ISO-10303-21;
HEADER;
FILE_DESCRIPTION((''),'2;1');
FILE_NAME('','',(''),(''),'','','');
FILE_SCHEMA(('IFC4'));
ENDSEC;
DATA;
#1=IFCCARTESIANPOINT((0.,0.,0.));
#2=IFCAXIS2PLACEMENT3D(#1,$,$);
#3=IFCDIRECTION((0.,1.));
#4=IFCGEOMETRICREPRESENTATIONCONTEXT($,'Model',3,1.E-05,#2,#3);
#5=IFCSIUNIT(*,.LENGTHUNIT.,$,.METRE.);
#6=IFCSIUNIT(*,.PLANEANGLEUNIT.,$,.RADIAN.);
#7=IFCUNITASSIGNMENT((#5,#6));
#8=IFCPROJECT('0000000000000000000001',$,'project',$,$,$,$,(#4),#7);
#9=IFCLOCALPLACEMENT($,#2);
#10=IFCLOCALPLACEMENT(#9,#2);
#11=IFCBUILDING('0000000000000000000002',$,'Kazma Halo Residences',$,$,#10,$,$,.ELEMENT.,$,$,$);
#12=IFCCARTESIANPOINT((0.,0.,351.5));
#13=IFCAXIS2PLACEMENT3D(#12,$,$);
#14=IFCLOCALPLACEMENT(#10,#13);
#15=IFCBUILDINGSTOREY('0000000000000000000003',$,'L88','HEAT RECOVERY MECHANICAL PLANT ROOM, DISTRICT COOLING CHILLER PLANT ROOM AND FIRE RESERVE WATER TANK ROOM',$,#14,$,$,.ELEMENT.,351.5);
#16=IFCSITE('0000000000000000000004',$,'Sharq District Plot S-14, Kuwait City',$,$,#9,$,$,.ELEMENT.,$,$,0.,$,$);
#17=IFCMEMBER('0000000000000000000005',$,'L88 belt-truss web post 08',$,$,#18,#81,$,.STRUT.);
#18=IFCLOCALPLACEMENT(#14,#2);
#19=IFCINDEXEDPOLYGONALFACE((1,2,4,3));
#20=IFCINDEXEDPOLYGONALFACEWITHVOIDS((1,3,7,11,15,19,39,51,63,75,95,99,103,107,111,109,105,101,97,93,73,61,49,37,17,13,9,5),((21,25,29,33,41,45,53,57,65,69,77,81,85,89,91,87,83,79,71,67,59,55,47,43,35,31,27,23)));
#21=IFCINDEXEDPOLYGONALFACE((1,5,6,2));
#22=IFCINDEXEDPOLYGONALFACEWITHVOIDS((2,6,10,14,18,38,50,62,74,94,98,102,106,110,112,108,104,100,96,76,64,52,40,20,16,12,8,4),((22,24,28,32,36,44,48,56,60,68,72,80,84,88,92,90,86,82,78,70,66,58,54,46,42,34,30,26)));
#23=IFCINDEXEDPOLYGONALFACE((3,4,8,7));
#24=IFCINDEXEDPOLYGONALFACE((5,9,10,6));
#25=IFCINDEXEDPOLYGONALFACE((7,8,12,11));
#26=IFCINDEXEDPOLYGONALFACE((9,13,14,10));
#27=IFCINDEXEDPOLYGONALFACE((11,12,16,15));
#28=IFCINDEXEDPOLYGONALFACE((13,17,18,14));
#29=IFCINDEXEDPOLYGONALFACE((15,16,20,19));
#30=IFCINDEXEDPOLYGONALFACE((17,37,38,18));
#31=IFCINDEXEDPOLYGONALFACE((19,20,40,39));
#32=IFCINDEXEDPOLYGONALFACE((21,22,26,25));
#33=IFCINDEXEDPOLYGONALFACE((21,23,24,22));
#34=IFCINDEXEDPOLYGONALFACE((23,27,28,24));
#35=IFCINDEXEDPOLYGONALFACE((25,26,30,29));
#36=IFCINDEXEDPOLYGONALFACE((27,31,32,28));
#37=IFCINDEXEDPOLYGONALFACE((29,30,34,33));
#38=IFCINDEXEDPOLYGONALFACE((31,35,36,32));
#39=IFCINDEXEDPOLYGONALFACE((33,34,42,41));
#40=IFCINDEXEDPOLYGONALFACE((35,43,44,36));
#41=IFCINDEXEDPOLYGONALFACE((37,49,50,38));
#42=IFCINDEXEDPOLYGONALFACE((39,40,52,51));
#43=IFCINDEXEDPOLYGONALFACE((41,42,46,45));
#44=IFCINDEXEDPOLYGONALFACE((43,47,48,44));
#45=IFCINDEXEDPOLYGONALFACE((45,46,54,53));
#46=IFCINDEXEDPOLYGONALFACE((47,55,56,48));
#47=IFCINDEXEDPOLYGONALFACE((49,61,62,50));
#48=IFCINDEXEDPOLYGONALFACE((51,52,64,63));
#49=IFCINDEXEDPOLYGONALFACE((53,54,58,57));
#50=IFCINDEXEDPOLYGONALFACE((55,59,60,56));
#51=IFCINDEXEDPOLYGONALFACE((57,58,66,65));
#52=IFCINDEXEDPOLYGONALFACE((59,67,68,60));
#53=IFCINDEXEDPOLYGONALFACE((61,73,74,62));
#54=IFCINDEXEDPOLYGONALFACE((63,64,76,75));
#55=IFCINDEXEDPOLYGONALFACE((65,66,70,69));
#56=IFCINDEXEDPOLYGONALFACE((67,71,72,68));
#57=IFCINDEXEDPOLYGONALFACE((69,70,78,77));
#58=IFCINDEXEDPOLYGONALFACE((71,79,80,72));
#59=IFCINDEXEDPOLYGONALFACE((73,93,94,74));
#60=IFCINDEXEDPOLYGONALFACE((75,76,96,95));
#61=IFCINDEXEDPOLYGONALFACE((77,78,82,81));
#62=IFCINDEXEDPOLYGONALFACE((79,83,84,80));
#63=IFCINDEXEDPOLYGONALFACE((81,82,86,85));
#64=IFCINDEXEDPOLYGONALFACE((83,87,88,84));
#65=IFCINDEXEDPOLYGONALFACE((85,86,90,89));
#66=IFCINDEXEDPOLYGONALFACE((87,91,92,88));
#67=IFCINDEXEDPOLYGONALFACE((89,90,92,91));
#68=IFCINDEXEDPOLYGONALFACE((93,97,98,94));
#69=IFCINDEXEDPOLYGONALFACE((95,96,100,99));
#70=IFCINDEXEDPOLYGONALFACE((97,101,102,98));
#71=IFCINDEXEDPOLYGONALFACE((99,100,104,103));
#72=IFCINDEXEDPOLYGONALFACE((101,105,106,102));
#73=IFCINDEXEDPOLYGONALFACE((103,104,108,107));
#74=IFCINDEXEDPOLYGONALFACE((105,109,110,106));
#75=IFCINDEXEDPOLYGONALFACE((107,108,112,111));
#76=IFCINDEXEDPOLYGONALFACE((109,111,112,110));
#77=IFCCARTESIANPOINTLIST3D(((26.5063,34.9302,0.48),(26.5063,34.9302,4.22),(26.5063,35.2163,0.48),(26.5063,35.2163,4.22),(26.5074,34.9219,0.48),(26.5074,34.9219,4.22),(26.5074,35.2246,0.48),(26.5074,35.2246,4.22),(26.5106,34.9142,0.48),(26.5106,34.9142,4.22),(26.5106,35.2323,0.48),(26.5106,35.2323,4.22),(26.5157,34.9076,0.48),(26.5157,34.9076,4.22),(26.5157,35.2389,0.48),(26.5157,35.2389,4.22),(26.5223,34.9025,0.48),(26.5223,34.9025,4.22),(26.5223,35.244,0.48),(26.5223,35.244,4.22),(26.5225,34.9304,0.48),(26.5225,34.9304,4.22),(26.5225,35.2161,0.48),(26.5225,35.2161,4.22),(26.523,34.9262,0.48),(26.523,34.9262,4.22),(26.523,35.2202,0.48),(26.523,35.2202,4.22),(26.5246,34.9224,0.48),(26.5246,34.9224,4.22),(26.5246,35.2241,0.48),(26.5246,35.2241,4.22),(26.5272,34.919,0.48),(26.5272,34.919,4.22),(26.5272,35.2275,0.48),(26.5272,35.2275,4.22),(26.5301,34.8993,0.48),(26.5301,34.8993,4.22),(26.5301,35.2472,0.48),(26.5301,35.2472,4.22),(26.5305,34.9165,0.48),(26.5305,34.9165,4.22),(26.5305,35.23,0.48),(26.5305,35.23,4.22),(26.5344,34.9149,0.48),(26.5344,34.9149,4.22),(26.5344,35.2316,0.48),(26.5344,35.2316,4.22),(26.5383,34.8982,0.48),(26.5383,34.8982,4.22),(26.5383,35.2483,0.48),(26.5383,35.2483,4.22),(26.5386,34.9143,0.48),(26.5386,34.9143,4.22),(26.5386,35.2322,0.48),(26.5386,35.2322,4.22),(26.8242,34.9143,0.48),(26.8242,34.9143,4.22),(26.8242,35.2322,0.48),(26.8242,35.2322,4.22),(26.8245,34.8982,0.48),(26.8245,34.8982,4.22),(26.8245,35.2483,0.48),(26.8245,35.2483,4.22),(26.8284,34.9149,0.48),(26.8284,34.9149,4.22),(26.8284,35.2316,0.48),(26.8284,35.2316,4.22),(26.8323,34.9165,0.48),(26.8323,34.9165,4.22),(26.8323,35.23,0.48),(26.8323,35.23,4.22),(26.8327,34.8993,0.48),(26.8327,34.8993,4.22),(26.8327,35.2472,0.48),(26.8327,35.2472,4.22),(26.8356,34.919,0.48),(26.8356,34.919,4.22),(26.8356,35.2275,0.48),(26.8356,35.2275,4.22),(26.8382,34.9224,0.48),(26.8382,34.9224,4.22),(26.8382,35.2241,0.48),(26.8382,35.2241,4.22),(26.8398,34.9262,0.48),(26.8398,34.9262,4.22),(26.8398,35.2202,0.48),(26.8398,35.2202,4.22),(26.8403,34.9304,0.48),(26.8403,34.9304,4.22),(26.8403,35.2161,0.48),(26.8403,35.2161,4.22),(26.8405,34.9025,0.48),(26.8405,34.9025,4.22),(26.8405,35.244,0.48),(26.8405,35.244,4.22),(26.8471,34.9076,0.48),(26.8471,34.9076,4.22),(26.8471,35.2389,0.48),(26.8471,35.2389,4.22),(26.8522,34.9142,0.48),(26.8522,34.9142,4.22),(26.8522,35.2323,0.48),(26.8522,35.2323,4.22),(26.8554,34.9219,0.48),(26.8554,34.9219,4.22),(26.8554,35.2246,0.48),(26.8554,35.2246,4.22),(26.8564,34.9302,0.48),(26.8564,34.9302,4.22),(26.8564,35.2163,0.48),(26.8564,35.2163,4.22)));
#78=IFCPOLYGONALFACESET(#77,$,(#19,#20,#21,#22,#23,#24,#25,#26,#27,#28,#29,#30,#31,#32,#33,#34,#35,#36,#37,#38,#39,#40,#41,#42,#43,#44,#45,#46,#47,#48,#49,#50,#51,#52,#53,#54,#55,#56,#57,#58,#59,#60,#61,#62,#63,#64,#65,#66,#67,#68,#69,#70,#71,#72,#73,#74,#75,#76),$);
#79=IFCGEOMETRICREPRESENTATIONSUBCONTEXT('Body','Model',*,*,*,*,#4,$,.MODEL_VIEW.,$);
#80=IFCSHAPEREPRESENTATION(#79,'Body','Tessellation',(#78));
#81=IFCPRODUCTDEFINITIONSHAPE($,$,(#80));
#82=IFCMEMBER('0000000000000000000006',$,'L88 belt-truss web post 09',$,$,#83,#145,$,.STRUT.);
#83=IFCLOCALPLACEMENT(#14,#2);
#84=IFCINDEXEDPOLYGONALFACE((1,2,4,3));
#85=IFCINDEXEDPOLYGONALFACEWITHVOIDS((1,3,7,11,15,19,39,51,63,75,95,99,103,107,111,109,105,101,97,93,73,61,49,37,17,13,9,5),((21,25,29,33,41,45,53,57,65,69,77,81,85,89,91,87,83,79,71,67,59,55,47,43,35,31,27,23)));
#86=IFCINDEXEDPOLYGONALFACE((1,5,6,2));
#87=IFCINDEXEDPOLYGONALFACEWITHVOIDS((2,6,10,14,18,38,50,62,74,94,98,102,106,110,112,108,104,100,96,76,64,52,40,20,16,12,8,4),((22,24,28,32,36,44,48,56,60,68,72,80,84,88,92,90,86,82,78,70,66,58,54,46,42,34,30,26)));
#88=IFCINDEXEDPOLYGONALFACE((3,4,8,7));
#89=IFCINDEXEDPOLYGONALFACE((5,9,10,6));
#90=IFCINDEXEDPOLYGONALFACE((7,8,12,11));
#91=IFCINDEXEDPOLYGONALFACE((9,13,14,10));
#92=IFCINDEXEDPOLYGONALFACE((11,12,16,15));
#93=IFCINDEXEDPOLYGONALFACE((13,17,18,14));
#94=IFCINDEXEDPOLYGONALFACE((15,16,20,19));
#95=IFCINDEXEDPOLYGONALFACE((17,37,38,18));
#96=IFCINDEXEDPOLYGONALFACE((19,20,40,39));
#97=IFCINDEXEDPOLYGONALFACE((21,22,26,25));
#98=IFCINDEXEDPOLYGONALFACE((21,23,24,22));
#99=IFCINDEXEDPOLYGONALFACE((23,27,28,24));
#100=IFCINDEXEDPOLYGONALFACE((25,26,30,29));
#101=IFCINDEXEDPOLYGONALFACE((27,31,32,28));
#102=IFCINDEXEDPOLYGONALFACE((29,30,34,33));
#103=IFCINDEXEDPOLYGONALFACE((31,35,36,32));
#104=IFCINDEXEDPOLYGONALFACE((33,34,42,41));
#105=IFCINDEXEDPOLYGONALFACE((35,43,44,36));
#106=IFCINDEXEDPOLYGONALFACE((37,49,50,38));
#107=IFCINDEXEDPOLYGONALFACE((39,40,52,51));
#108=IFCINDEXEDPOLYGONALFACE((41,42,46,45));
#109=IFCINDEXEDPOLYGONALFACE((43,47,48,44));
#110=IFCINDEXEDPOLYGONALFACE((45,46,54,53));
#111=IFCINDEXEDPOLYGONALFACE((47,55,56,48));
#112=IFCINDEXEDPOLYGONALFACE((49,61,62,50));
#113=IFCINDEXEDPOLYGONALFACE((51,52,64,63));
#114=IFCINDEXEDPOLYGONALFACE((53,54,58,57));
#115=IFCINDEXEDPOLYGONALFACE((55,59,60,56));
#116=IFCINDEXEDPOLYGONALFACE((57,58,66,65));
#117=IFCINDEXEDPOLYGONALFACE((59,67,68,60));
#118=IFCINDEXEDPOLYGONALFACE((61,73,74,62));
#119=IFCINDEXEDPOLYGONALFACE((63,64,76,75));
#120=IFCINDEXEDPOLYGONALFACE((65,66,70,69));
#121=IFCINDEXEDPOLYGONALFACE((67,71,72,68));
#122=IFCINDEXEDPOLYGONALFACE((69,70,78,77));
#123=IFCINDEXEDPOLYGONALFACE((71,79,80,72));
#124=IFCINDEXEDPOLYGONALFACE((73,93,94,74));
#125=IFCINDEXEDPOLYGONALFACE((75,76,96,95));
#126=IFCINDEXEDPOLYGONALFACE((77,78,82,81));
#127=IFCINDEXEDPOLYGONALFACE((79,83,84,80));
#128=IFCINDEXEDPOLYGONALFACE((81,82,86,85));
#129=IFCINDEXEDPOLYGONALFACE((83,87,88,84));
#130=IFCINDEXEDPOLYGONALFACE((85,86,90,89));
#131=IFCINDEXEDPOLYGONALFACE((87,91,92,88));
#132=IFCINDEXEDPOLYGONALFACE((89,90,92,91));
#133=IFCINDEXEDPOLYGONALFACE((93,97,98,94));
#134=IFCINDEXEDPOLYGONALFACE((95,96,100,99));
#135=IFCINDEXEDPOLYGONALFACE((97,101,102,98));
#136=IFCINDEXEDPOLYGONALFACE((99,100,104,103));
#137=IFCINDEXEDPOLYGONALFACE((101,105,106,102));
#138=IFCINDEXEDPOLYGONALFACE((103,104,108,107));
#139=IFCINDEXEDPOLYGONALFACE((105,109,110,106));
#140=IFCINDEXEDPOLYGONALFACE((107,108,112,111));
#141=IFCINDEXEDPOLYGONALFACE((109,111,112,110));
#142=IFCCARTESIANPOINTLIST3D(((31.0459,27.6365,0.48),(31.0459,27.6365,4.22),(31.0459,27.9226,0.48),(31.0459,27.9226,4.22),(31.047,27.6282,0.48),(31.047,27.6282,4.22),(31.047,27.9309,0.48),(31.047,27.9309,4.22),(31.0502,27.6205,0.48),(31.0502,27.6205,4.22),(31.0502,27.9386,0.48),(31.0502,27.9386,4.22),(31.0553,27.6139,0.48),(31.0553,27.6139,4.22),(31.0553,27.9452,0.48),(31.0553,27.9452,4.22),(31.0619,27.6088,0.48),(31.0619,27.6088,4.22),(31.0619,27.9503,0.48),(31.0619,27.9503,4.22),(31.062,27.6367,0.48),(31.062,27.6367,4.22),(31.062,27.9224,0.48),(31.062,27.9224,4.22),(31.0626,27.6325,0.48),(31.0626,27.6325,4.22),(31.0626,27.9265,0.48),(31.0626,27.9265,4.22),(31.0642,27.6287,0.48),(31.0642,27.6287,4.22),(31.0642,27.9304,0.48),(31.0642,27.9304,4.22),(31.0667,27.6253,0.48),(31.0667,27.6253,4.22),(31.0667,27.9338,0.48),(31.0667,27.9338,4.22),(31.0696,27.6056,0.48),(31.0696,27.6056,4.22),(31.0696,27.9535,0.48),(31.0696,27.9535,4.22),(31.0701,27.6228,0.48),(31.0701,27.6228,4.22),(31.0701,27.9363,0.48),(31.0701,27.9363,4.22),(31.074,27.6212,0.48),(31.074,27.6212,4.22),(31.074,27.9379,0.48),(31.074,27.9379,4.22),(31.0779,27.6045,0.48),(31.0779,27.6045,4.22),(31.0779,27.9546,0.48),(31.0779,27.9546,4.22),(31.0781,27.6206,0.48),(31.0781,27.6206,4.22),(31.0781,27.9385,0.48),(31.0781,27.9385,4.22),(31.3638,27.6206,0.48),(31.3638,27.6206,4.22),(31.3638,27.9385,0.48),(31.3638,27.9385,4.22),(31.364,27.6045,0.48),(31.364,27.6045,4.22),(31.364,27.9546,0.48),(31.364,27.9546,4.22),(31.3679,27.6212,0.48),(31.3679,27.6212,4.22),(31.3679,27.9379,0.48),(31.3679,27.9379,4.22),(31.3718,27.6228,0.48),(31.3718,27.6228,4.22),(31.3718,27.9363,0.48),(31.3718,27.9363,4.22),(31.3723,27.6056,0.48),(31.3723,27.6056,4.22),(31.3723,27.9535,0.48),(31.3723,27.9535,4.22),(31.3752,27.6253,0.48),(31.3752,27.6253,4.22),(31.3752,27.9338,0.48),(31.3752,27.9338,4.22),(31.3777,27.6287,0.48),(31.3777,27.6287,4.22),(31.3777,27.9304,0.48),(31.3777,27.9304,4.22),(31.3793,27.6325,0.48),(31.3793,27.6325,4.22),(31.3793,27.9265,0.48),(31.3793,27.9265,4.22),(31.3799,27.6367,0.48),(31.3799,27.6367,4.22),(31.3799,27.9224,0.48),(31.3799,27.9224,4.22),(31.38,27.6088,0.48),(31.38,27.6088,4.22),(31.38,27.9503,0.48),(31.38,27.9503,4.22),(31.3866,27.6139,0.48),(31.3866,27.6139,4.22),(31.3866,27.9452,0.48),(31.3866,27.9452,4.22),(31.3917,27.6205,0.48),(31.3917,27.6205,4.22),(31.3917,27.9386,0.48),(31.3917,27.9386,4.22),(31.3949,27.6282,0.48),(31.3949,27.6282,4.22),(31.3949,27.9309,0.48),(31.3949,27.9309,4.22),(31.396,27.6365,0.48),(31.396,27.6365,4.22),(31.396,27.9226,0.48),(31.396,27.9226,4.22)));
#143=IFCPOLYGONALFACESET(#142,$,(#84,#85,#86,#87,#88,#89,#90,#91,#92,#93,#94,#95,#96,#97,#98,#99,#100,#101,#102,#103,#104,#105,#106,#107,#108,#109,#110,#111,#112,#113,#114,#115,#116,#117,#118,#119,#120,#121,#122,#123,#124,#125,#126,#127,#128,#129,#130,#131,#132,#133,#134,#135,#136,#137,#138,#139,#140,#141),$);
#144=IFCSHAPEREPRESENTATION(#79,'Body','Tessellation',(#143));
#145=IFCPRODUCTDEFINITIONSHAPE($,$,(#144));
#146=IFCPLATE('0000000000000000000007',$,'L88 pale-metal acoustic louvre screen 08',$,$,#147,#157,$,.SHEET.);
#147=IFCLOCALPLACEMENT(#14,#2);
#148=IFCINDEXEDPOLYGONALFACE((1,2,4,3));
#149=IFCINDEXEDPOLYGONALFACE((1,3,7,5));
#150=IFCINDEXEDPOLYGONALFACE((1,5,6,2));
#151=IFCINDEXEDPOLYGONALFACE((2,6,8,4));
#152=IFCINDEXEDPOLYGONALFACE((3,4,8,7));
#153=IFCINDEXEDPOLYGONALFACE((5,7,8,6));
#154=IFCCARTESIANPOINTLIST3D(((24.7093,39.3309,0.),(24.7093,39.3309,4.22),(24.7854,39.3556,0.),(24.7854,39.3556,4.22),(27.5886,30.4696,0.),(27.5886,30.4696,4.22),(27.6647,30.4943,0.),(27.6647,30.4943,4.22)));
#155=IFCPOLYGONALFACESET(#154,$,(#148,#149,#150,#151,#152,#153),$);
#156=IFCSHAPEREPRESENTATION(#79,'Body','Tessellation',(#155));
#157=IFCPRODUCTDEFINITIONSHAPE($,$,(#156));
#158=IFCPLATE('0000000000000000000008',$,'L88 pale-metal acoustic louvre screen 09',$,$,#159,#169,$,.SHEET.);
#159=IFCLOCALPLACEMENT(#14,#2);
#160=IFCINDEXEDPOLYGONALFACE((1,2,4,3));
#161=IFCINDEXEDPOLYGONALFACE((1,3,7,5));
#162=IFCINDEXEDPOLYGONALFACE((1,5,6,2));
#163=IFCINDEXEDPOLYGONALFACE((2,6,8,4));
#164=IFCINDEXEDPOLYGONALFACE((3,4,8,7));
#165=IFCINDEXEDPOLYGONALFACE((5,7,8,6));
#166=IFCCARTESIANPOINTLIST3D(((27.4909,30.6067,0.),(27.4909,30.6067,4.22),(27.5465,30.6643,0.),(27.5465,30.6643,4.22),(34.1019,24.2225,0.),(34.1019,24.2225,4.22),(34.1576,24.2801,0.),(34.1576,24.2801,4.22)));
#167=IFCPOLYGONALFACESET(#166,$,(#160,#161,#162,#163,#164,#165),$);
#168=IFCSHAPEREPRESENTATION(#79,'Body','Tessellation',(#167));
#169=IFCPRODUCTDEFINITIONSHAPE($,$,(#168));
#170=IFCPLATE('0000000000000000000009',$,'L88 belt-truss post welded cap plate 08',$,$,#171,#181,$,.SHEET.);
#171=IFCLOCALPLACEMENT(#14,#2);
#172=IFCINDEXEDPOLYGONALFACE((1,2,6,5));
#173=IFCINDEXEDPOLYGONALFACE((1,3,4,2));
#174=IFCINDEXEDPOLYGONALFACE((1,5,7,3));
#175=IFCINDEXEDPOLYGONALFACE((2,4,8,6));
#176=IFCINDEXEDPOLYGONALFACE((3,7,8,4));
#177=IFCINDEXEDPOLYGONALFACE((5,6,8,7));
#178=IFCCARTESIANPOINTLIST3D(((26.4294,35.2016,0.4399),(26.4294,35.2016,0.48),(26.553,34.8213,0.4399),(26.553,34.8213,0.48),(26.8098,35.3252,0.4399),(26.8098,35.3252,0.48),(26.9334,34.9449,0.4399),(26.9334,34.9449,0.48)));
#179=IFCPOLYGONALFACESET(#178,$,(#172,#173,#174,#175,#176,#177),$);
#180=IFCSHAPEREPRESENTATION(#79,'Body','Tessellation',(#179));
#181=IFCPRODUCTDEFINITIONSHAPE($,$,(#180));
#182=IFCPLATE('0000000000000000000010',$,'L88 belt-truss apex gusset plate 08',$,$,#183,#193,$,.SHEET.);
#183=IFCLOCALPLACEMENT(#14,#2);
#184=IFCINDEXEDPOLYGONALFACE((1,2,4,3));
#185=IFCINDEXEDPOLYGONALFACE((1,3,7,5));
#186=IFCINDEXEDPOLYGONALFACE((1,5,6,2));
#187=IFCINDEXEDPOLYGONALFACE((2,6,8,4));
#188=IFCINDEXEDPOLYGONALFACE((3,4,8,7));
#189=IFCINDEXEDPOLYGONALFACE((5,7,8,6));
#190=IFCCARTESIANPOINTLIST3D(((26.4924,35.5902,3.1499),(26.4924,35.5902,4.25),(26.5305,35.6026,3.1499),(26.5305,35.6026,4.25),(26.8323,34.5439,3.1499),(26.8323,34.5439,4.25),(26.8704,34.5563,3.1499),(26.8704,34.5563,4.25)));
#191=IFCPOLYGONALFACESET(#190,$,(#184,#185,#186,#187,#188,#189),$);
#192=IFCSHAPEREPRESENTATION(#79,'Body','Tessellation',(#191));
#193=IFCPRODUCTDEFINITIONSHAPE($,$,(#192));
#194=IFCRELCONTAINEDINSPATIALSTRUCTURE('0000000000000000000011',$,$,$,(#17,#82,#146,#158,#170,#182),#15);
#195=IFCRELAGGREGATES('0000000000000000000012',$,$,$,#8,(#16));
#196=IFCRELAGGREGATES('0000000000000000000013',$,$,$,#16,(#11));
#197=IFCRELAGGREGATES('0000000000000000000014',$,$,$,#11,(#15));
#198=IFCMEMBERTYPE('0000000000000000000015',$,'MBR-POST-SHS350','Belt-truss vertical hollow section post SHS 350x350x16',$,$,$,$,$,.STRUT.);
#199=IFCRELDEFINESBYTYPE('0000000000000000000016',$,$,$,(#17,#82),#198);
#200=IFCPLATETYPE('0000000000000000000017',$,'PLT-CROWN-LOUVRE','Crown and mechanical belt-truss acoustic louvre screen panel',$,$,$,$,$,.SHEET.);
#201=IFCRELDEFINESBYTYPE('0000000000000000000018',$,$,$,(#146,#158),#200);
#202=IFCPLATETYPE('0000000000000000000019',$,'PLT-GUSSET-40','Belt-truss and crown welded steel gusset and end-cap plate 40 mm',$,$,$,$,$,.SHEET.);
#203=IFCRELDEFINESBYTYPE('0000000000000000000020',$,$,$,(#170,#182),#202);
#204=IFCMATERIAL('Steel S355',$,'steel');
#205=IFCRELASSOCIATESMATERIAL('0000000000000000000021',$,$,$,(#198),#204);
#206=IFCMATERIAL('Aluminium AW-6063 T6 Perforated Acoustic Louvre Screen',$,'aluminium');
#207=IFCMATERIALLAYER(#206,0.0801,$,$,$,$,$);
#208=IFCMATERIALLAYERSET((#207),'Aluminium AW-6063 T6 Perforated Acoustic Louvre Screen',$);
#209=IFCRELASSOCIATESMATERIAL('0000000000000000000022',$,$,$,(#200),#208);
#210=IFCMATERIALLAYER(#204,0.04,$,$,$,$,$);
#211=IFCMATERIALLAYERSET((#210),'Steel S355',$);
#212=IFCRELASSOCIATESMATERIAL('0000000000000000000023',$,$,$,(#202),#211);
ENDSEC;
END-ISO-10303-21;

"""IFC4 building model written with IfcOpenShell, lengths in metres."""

from ifc_helpers import new_model, si_unit, direction, frame, origin, origin_2d, place, context, subcontext, project, spatial, rectangle, hollow_rectangle, extrude, material, layer, layer_set, material_profile, profile_set, type_object, element, save


model = new_model("IFC4")

# Units and contexts
model_context = context("Model", 3, precision=1e-05, world=origin(), true_north=direction((0.0, 1.0)))
body_context = subcontext(model_context, "Body", "Model", "MODEL_VIEW")
ifc_project = project(units=[si_unit("LENGTHUNIT", "METRE"), si_unit("PLANEANGLEUNIT", "RADIAN")], contexts=[model_context])

# Site, building, storey
site_placement = place(None, origin())
site = spatial("IfcSite", under=ifc_project, at=site_placement, Name="Sharq District Plot S-14, Kuwait City", CompositionType="ELEMENT", RefElevation=0.0)
building_placement = place(site_placement, origin())
building = spatial("IfcBuilding", under=site, at=building_placement, Name="Kazma Halo Residences", CompositionType="ELEMENT")
storey_placement = place(building_placement, frame((0.0, 0.0, 351.5)))
storey = spatial("IfcBuildingStorey", under=building, at=storey_placement, Name="L88", Description="HEAT RECOVERY MECHANICAL PLANT ROOM, DISTRICT COOLING CHILLER PLANT ROOM AND FIRE RESERVE WATER TANK ROOM", CompositionType="ELEMENT", Elevation=351.5)

# Shared definitions
ifc_material_1 = material(Name="Steel S355", Category="steel")

# Members
ifc_material_profile_1 = material_profile(ifc_material_1, hollow_rectangle(XDim=0.3501, YDim=0.3501, WallThickness=0.0161, InnerFilletRadius=0.0161, OuterFilletRadius=0.032, at=origin_2d()), Name="SHS350x350x16")
ifc_profile_set_1 = profile_set([ifc_material_profile_1], Name="Steel S355")
member_type_1 = type_object("IfcMemberType", Name="MBR-POST-SHS350", Description="Belt-truss vertical hollow section post SHS 350x350x16", PredefinedType="STRUT", material=ifc_profile_set_1)
for number, where, z_axis, x_axis, name in (
    (1, (26.6814, 35.0732, 0.48), (0.0, 0.0, 1.0), (1.0, 0.0, 0.0), "L88 belt-truss web post 08"),
    (2, (31.2209, 27.7795, 0.48), (0.0, 0.0, 1.0), (1.0, 0.0, 0.0), "L88 belt-truss web post 09"),
):
    element("IfcMember", number, at=place(storey_placement, frame(where, z_axis=z_axis, x_axis=x_axis)), inside=storey, type_object=member_type_1, Name=name, PredefinedType="STRUT", context=body_context, shape_type="SweptSolid", body=[
        extrude(hollow_rectangle(XDim=0.3501, YDim=0.3501, WallThickness=0.0161, InnerFilletRadius=0.0161, OuterFilletRadius=0.032, at=origin_2d()), origin(), (0.0, 0.0, 1.0), 3.74),
    ])

# Plates
ifc_material_2 = material(Name="Aluminium AW-6063 T6 Perforated Acoustic Louvre Screen", Category="aluminium")
ifc_layer_1 = layer(ifc_material_2, 0.0801)
ifc_layer_set_1 = layer_set([ifc_layer_1], Name="Aluminium AW-6063 T6 Perforated Acoustic Louvre Screen")
plate_type_1 = type_object("IfcPlateType", Name="PLT-CROWN-LOUVRE", Description="Crown and mechanical belt-truss acoustic louvre screen panel", PredefinedType="SHEET", material=ifc_layer_set_1)
plate_1_placement = place(storey_placement, frame((26.187, 34.9126, 0.0), z_axis=(0.0, 0.0, 1.0), x_axis=(0.309023, -0.951055, 0.0)))
element("IfcPlate", 3, at=plate_1_placement, inside=storey, type_object=plate_type_1, Name="L88 pale-metal acoustic louvre screen 08", PredefinedType="SHEET", context=body_context, shape_type="SweptSolid", body=[
    extrude(rectangle(XDim=9.3174, YDim=0.0801, at=origin_2d()), origin(), (0.0, 0.0, 1.0), 4.22),
])
plate_2_placement = place(storey_placement, frame((30.8242, 27.4434, 0.0), z_axis=(0.0, 0.0, 1.0), x_axis=(0.719342, -0.694656, 0.0)))
element("IfcPlate", 4, at=plate_2_placement, inside=storey, type_object=plate_type_1, Name="L88 pale-metal acoustic louvre screen 09", PredefinedType="SHEET", context=body_context, shape_type="SweptSolid", body=[
    extrude(rectangle(XDim=9.1904, YDim=0.0801, at=origin_2d()), origin(), (0.0, 0.0, 1.0), 4.22),
])
ifc_layer_2 = layer(ifc_material_1, 0.04)
ifc_layer_set_2 = layer_set([ifc_layer_2], Name="Steel S355")
plate_type_2 = type_object("IfcPlateType", Name="PLT-GUSSET-40", Description="Belt-truss and crown welded steel gusset and end-cap plate 40 mm", PredefinedType="SHEET", material=ifc_layer_set_2)
plate_3_placement = place(storey_placement, frame((26.6814, 35.0732, 0.4399), z_axis=(0.0, 0.0, 1.0), x_axis=(0.309023, -0.951055, 0.0)))
element("IfcPlate", 5, at=plate_3_placement, inside=storey, type_object=plate_type_2, Name="L88 belt-truss post welded cap plate 08", PredefinedType="SHEET", context=body_context, shape_type="SweptSolid", body=[
    extrude(rectangle(XDim=0.3999, YDim=0.3999, at=origin_2d()), origin(), (0.0, 0.0, 1.0), 0.04),
])
plate_4_placement = place(storey_placement, frame((26.6814, 35.0732, 3.1499), z_axis=(0.0, 0.0, 1.0), x_axis=(0.309023, -0.951055, 0.0)))
element("IfcPlate", 6, at=plate_4_placement, inside=storey, type_object=plate_type_2, Name="L88 belt-truss apex gusset plate 08", PredefinedType="SHEET", context=body_context, shape_type="SweptSolid", body=[
    extrude(rectangle(XDim=1.1001, YDim=0.04, at=origin_2d()), origin(), (0.0, 0.0, 1.0), 1.1001),
])

save(model, "model.ifc")
